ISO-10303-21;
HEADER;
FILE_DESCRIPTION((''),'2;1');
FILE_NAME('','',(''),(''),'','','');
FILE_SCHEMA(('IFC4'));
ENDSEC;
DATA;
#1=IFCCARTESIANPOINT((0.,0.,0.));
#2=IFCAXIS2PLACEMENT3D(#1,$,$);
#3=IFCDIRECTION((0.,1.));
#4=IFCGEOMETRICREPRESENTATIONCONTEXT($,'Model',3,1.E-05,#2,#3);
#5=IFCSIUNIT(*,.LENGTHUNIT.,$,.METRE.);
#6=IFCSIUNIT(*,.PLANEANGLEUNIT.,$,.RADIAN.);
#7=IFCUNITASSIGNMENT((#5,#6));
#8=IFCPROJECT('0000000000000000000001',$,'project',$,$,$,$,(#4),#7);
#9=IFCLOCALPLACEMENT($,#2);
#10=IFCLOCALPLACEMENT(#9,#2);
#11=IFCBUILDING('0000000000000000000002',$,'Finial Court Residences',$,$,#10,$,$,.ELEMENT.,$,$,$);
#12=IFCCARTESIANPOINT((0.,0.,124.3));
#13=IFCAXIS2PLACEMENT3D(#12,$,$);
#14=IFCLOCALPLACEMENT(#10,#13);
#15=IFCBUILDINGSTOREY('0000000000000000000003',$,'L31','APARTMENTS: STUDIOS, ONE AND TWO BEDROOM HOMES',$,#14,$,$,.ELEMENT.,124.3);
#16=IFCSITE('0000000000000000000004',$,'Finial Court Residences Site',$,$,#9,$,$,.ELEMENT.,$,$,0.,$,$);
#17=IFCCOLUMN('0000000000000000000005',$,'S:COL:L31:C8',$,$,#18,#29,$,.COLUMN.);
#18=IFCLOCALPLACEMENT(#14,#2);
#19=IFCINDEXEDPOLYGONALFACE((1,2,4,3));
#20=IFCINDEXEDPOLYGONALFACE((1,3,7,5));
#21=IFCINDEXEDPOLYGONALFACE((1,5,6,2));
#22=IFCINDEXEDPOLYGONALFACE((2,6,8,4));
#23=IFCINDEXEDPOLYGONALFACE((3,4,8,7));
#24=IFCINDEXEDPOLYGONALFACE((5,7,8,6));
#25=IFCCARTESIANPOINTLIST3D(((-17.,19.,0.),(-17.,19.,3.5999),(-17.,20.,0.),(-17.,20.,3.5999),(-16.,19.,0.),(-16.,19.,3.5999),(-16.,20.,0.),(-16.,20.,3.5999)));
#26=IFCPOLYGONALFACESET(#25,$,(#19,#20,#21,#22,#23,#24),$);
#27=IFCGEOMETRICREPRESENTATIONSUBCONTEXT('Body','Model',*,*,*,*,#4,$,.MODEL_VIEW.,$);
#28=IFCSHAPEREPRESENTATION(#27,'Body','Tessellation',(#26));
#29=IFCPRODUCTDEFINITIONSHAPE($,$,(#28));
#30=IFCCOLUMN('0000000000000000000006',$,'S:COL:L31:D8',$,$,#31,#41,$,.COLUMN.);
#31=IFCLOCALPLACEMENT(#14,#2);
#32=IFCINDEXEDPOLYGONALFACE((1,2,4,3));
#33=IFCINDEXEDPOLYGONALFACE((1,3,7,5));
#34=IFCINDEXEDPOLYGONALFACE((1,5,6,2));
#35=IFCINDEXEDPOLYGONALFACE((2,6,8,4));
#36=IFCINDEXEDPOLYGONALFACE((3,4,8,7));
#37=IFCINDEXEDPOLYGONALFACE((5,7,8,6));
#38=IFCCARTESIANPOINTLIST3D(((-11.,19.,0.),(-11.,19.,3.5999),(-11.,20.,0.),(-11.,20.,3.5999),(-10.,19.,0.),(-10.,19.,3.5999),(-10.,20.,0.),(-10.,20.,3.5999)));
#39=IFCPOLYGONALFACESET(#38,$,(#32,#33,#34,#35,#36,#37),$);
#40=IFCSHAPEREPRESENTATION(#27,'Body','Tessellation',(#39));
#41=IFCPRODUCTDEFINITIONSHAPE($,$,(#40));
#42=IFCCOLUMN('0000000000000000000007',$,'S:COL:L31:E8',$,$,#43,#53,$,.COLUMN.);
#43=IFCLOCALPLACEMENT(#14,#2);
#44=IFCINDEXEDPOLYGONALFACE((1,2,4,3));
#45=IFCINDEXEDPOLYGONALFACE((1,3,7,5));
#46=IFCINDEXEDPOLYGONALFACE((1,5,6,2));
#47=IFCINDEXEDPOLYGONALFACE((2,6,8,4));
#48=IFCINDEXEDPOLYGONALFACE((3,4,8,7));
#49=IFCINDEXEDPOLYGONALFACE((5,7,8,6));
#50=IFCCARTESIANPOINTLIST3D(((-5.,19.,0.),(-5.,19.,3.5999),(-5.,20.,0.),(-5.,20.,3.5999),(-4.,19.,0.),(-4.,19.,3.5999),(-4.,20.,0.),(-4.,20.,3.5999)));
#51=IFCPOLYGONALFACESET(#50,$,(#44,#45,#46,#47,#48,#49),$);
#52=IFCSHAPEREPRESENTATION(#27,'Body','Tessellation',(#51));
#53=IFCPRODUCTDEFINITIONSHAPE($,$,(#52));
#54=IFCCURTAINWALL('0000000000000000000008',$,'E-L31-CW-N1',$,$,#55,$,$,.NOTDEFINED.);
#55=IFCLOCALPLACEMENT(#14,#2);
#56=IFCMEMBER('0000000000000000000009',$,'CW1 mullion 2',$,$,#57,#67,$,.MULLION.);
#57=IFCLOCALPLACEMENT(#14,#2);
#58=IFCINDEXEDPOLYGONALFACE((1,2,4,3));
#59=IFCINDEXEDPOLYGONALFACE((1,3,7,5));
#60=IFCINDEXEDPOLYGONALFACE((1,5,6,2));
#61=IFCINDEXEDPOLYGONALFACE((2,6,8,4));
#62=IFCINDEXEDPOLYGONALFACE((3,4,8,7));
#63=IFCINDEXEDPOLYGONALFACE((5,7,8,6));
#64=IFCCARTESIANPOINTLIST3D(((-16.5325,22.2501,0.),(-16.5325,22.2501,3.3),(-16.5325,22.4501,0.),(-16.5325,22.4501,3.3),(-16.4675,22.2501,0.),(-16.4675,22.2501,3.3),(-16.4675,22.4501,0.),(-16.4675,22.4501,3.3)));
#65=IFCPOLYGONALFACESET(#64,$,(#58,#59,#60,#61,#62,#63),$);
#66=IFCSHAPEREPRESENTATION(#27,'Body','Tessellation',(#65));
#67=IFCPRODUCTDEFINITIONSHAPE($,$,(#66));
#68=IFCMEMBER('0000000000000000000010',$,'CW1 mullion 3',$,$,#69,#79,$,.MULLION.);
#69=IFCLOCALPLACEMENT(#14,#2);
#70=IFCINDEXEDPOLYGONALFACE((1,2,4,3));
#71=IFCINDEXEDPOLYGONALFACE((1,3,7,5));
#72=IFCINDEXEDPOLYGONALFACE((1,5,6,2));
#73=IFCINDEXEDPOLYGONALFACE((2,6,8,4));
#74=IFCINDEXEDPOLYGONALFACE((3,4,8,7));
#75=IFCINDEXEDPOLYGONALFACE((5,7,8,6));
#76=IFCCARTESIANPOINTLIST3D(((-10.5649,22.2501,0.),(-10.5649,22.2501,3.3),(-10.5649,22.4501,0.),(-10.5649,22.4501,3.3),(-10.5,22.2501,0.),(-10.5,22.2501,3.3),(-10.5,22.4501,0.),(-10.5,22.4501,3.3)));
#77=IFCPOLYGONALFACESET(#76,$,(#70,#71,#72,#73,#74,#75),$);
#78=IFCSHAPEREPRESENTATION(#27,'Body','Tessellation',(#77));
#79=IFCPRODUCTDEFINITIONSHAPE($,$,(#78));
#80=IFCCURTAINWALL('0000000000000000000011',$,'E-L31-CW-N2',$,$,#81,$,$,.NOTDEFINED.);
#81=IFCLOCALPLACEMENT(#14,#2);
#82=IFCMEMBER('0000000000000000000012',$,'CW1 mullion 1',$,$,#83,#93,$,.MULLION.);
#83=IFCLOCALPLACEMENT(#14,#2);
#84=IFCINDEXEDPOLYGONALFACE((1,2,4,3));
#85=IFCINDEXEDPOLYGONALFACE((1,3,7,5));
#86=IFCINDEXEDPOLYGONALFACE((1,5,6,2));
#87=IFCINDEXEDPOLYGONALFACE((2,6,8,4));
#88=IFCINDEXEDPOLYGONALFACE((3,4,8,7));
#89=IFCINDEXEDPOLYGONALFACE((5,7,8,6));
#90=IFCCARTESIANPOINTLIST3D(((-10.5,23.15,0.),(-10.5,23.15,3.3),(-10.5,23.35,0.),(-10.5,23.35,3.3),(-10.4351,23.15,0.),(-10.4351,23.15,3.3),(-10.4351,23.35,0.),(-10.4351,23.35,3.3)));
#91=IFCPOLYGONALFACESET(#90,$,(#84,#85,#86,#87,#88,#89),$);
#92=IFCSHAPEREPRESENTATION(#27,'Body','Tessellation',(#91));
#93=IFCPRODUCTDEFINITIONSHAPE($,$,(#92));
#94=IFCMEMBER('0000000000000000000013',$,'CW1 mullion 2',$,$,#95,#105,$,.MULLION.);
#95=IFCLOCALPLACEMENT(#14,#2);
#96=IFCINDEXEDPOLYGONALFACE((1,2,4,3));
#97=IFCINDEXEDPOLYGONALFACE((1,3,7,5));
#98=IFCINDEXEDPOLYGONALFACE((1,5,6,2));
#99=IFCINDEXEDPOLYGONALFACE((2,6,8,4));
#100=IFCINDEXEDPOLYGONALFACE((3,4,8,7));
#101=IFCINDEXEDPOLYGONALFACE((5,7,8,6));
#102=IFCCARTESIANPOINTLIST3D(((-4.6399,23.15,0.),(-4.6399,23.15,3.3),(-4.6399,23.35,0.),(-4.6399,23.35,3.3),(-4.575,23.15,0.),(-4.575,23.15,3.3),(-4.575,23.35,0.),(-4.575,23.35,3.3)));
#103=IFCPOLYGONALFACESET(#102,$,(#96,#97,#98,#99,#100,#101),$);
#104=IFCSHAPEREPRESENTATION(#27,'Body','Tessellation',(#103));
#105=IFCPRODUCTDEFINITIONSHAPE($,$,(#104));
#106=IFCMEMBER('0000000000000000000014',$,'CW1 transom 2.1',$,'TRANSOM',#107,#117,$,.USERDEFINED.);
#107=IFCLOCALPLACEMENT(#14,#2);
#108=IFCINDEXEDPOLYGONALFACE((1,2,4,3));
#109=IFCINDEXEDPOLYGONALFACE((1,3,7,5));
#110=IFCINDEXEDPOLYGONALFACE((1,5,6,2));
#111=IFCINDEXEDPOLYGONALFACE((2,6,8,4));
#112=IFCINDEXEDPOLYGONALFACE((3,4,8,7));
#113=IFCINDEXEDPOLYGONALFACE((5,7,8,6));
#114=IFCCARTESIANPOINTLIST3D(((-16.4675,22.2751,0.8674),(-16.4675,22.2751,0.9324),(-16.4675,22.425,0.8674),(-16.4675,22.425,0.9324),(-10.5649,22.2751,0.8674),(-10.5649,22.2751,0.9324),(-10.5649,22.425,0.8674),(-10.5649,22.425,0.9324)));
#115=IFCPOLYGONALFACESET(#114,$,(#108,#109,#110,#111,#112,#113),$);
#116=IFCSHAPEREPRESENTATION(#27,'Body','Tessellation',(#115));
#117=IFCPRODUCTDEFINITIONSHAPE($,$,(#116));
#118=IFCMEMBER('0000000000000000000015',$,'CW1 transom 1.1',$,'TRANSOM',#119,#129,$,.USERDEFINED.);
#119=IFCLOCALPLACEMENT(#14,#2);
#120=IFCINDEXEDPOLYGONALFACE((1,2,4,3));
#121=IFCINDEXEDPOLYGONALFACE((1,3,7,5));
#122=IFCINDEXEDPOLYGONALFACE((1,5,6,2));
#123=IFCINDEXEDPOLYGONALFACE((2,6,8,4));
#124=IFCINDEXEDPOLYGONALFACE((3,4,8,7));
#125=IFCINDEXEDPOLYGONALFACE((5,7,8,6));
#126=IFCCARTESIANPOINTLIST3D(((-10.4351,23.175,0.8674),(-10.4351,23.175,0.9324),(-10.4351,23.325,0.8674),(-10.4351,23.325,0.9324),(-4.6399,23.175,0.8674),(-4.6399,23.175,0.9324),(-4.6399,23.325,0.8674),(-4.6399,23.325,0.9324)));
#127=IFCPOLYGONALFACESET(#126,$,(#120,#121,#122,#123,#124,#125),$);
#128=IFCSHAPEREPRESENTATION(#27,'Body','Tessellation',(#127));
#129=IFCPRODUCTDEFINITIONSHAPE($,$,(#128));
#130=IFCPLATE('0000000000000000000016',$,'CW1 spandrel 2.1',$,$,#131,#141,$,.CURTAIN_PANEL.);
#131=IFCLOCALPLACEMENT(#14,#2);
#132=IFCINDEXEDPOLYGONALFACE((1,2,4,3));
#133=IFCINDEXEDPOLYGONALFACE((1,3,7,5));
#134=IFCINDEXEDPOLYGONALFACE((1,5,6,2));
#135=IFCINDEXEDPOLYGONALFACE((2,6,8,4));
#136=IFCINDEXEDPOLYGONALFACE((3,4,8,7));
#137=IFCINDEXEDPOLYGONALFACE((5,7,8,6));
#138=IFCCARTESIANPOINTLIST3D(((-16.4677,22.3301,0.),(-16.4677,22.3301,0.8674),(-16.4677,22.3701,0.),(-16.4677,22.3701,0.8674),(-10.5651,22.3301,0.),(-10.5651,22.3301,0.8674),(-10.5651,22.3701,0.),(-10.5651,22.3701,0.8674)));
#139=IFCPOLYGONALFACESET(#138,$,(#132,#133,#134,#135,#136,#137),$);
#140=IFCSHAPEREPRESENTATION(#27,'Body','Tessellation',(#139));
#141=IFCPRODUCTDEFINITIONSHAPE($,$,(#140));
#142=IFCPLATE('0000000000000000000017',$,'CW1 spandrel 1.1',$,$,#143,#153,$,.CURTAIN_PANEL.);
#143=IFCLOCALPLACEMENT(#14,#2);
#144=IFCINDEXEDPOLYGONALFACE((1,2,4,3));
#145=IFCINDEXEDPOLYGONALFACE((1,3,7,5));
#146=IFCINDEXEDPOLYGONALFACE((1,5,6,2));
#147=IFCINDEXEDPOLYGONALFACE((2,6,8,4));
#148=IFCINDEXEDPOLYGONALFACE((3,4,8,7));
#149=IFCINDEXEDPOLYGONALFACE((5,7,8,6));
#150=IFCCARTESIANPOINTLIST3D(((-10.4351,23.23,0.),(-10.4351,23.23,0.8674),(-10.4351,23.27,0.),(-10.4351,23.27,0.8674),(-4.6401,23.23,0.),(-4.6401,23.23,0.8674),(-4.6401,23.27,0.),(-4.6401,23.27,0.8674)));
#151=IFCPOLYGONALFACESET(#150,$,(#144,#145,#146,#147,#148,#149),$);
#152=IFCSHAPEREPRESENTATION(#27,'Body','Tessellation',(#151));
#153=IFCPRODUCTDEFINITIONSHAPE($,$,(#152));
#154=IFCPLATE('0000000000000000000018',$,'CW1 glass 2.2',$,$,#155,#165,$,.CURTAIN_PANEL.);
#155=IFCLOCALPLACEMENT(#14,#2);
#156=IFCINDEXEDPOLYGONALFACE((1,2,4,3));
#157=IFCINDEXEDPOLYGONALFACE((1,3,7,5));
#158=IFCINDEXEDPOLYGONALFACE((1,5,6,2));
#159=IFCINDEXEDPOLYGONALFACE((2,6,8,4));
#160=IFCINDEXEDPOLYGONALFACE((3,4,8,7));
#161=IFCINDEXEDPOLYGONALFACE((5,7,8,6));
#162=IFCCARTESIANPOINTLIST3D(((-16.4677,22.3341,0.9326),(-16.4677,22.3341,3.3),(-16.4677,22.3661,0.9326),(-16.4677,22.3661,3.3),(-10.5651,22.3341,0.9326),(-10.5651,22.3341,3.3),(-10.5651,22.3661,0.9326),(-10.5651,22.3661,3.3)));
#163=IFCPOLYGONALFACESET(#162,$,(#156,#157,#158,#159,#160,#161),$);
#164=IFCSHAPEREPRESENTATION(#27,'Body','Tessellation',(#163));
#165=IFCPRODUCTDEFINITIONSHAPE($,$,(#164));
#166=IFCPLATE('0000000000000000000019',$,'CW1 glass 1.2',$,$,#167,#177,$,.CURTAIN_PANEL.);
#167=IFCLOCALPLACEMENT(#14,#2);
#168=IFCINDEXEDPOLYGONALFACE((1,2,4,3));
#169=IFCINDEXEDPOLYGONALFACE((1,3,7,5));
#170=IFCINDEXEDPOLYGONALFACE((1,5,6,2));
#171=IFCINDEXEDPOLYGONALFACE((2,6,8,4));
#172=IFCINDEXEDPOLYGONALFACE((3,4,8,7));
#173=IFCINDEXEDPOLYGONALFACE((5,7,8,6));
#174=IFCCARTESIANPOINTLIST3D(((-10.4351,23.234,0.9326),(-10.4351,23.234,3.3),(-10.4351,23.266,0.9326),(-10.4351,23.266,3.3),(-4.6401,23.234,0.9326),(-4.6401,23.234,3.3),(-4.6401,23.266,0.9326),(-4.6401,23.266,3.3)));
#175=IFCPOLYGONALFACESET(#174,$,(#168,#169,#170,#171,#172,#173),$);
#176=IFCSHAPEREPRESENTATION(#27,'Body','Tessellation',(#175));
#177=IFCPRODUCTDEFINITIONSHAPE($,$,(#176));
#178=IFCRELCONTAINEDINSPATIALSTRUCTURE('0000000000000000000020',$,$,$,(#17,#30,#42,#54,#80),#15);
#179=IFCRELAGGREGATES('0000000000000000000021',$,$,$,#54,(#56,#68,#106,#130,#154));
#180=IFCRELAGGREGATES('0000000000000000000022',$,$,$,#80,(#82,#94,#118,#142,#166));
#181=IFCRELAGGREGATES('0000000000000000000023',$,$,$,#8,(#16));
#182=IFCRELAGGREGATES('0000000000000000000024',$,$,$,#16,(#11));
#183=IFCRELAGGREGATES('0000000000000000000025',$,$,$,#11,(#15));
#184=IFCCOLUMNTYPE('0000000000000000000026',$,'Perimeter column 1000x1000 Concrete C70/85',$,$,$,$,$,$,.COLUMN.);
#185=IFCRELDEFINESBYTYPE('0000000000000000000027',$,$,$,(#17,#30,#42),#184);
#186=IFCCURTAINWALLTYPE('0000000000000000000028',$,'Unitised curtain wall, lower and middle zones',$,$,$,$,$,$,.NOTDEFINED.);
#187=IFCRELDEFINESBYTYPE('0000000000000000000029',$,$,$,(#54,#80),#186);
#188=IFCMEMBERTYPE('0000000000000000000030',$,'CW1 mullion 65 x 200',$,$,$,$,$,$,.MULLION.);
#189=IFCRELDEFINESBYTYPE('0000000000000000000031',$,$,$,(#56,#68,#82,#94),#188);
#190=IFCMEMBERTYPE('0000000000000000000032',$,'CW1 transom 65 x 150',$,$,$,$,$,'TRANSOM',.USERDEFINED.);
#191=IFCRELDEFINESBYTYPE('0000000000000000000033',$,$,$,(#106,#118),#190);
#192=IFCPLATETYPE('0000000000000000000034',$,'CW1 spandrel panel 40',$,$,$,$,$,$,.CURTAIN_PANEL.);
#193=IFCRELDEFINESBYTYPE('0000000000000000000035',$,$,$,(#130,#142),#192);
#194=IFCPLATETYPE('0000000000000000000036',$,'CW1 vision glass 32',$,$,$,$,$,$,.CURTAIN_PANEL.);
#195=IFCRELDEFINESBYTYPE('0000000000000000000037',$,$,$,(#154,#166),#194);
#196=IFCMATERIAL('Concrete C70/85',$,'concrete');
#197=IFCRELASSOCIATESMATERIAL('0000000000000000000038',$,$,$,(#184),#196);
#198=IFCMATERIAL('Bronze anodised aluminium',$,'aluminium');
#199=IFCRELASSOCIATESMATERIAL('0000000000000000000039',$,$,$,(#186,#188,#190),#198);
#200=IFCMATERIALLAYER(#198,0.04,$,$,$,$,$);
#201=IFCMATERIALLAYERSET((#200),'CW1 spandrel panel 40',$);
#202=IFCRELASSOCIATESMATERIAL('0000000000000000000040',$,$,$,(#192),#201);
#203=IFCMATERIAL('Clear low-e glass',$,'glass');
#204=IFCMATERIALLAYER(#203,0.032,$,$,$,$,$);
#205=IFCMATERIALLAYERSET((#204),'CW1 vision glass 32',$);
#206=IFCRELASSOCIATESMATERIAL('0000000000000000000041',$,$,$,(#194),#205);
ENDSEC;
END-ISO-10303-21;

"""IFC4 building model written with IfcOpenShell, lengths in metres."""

from ifc_helpers import new_model, si_unit, direction, frame, origin, origin_2d, place, context, subcontext, project, spatial, rectangle, extrude, material, layer, layer_set, material_profile, profile_set, type_object, element, aggregate, save


model = new_model("IFC4")

# Units and contexts
model_context = context("Model", 3, precision=1e-05, world=origin(), true_north=direction((0.0, 1.0)))
body_context = subcontext(model_context, "Body", "Model", "MODEL_VIEW")
ifc_project = project(units=[si_unit("LENGTHUNIT", "METRE"), si_unit("PLANEANGLEUNIT", "RADIAN")], contexts=[model_context])

# Site, building, storey
site_placement = place(None, origin())
site = spatial("IfcSite", under=ifc_project, at=site_placement, Name="Finial Court Residences Site", CompositionType="ELEMENT", RefElevation=0.0)
building_placement = place(site_placement, origin())
building = spatial("IfcBuilding", under=site, at=building_placement, Name="Finial Court Residences", CompositionType="ELEMENT")
storey_placement = place(building_placement, frame((0.0, 0.0, 124.3)))
storey = spatial("IfcBuildingStorey", under=building, at=storey_placement, Name="L31", Description="APARTMENTS: STUDIOS, ONE AND TWO BEDROOM HOMES", CompositionType="ELEMENT", Elevation=124.3)

# Columns
ifc_material_1 = material(Name="Concrete C70/85", Category="concrete")
ifc_material_profile_1 = material_profile(ifc_material_1, rectangle(XDim=1.0, YDim=1.0, at=origin_2d()), Name="1000x1000")
ifc_profile_set_1 = profile_set([ifc_material_profile_1], Name="Concrete C70/85")
column_type = type_object("IfcColumnType", Name="Perimeter column 1000x1000 Concrete C70/85", PredefinedType="COLUMN", material=ifc_profile_set_1)
for number, where, z_axis, x_axis, name in (
    (1, (-16.5, 19.5, 0.0), (0.0, 0.0, 1.0), (1.0, 0.0, 0.0), "S:COL:L31:C8"),
    (2, (-10.5, 19.5, 0.0), (0.0, 0.0, 1.0), (1.0, 0.0, 0.0), "S:COL:L31:D8"),
    (3, (-4.5, 19.5, 0.0), (0.0, 0.0, 1.0), (1.0, 0.0, 0.0), "S:COL:L31:E8"),
):
    element("IfcColumn", number, at=place(storey_placement, frame(where, z_axis=z_axis, x_axis=x_axis)), inside=storey, type_object=column_type, Name=name, PredefinedType="COLUMN", context=body_context, shape_type="SweptSolid", body=[
        extrude(rectangle(XDim=1.0, YDim=1.0, at=origin_2d()), origin(), (0.0, 0.0, 1.0), 3.5999),
    ])

# Curtain walls, members
ifc_material_2 = material(Name="Bronze anodised aluminium", Category="aluminium")
curtain_wall_type = type_object("IfcCurtainWallType", Name="Unitised curtain wall, lower and middle zones", PredefinedType="NOTDEFINED", material=ifc_material_2)
curtain_wall_1_placement = place(storey_placement, origin())
curtain_wall_1 = element("IfcCurtainWall", 4, at=curtain_wall_1_placement, inside=storey, type_object=curtain_wall_type, Name="E-L31-CW-N1", PredefinedType="NOTDEFINED")
ifc_material_profile_2 = material_profile(ifc_material_2, rectangle(XDim=0.2, YDim=0.0649, at=origin_2d()), Name="CW1 mullion 65 x 200")
ifc_profile_set_2 = profile_set([ifc_material_profile_2], Name="Bronze anodised aluminium")
member_type_1 = type_object("IfcMemberType", Name="CW1 mullion 65 x 200", PredefinedType="MULLION", material=ifc_profile_set_2)
member_1_placement = place(storey_placement, frame((-16.5, 22.3501, 0.0), z_axis=(0.0, 0.0, 1.0), x_axis=(0.0, 1.0, 0.0)))
member_1 = element("IfcMember", 5, at=member_1_placement, type_object=member_type_1, Name="CW1 mullion 2", PredefinedType="MULLION", context=body_context, shape_type="SweptSolid", body=[
    extrude(rectangle(XDim=0.2, YDim=0.0649, at=origin_2d()), origin(), (0.0, 0.0, 1.0), 3.3),
])
member_2_placement = place(storey_placement, frame((-10.5325, 22.3501, 0.0), z_axis=(0.0, 0.0, 1.0), x_axis=(0.0, 1.0, 0.0)))
member_2 = element("IfcMember", 6, at=member_2_placement, type_object=member_type_1, Name="CW1 mullion 3", PredefinedType="MULLION", context=body_context, shape_type="SweptSolid", body=[
    extrude(rectangle(XDim=0.2, YDim=0.0649, at=origin_2d()), origin(), (0.0, 0.0, 1.0), 3.3),
])
curtain_wall_2_placement = place(storey_placement, origin())
curtain_wall_2 = element("IfcCurtainWall", 7, at=curtain_wall_2_placement, inside=storey, type_object=curtain_wall_type, Name="E-L31-CW-N2", PredefinedType="NOTDEFINED")
member_3_placement = place(storey_placement, frame((-10.4675, 23.25, 0.0), z_axis=(0.0, 0.0, 1.0), x_axis=(0.0, 1.0, 0.0)))
member_3 = element("IfcMember", 8, at=member_3_placement, type_object=member_type_1, Name="CW1 mullion 1", PredefinedType="MULLION", context=body_context, shape_type="SweptSolid", body=[
    extrude(rectangle(XDim=0.2, YDim=0.0649, at=origin_2d()), origin(), (0.0, 0.0, 1.0), 3.3),
])
member_4_placement = place(storey_placement, frame((-4.6074, 23.25, 0.0), z_axis=(0.0, 0.0, 1.0), x_axis=(0.0, 1.0, 0.0)))
member_4 = element("IfcMember", 9, at=member_4_placement, type_object=member_type_1, Name="CW1 mullion 2", PredefinedType="MULLION", context=body_context, shape_type="SweptSolid", body=[
    extrude(rectangle(XDim=0.2, YDim=0.0649, at=origin_2d()), origin(), (0.0, 0.0, 1.0), 3.3),
])

# Members
ifc_material_profile_3 = material_profile(ifc_material_2, rectangle(XDim=0.1499, YDim=0.0649, at=origin_2d()), Name="CW1 transom 65 x 150")
ifc_profile_set_3 = profile_set([ifc_material_profile_3], Name="Bronze anodised aluminium")
member_type_2 = type_object("IfcMemberType", Name="CW1 transom 65 x 150", ElementType="TRANSOM", PredefinedType="USERDEFINED", material=ifc_profile_set_3)
member_5_placement = place(storey_placement, frame((-16.4675, 22.3501, 0.8999), z_axis=(1.0, 0.0, 0.0), x_axis=(0.0, 1.0, 0.0)))
member_5 = element("IfcMember", 10, at=member_5_placement, type_object=member_type_2, Name="CW1 transom 2.1", ObjectType="TRANSOM", PredefinedType="USERDEFINED", context=body_context, shape_type="SweptSolid", body=[
    extrude(rectangle(XDim=0.1499, YDim=0.0649, at=origin_2d()), origin(), (0.0, 0.0, 1.0), 5.9026),
])
member_6_placement = place(storey_placement, frame((-10.4351, 23.25, 0.8999), z_axis=(1.0, 0.0, 0.0), x_axis=(0.0, 1.0, 0.0)))
member_6 = element("IfcMember", 11, at=member_6_placement, type_object=member_type_2, Name="CW1 transom 1.1", ObjectType="TRANSOM", PredefinedType="USERDEFINED", context=body_context, shape_type="SweptSolid", body=[
    extrude(rectangle(XDim=0.1499, YDim=0.0649, at=origin_2d()), origin(), (0.0, 0.0, 1.0), 5.7952),
])

# Plates
ifc_layer_1 = layer(ifc_material_2, 0.04)
ifc_layer_set_1 = layer_set([ifc_layer_1], Name="CW1 spandrel panel 40")
plate_type_1 = type_object("IfcPlateType", Name="CW1 spandrel panel 40", PredefinedType="CURTAIN_PANEL", material=ifc_layer_set_1)
plate_1_placement = place(storey_placement, frame((-13.5164, 22.3501, 0.0), z_axis=(0.0, 0.0, 1.0), x_axis=(1.0, 0.0, 0.0)))
plate_1 = element("IfcPlate", 12, at=plate_1_placement, type_object=plate_type_1, Name="CW1 spandrel 2.1", PredefinedType="CURTAIN_PANEL", context=body_context, shape_type="SweptSolid", body=[
    extrude(rectangle(XDim=5.9026, YDim=0.04, at=origin_2d()), origin(), (0.0, 0.0, 1.0), 0.8674),
])
plate_2_placement = place(storey_placement, frame((-7.5376, 23.25, 0.0), z_axis=(0.0, 0.0, 1.0), x_axis=(1.0, 0.0, 0.0)))
plate_2 = element("IfcPlate", 13, at=plate_2_placement, type_object=plate_type_1, Name="CW1 spandrel 1.1", PredefinedType="CURTAIN_PANEL", context=body_context, shape_type="SweptSolid", body=[
    extrude(rectangle(XDim=5.7949, YDim=0.04, at=origin_2d()), origin(), (0.0, 0.0, 1.0), 0.8674),
])
ifc_material_3 = material(Name="Clear low-e glass", Category="glass")
ifc_layer_2 = layer(ifc_material_3, 0.032)
ifc_layer_set_2 = layer_set([ifc_layer_2], Name="CW1 vision glass 32")
plate_type_2 = type_object("IfcPlateType", Name="CW1 vision glass 32", PredefinedType="CURTAIN_PANEL", material=ifc_layer_set_2)
plate_3_placement = place(storey_placement, frame((-13.5164, 22.3501, 0.9326), z_axis=(0.0, 0.0, 1.0), x_axis=(1.0, 0.0, 0.0)))
plate_3 = element("IfcPlate", 14, at=plate_3_placement, type_object=plate_type_2, Name="CW1 glass 2.2", PredefinedType="CURTAIN_PANEL", context=body_context, shape_type="SweptSolid", body=[
    extrude(rectangle(XDim=5.9026, YDim=0.032, at=origin_2d()), origin(), (0.0, 0.0, 1.0), 2.3674),
])
aggregate(curtain_wall_1, [member_1, member_2, member_5, plate_1, plate_3])
plate_4_placement = place(storey_placement, frame((-7.5376, 23.25, 0.9326), z_axis=(0.0, 0.0, 1.0), x_axis=(1.0, 0.0, 0.0)))
plate_4 = element("IfcPlate", 15, at=plate_4_placement, type_object=plate_type_2, Name="CW1 glass 1.2", PredefinedType="CURTAIN_PANEL", context=body_context, shape_type="SweptSolid", body=[
    extrude(rectangle(XDim=5.7949, YDim=0.032, at=origin_2d()), origin(), (0.0, 0.0, 1.0), 2.3674),
])
aggregate(curtain_wall_2, [member_3, member_4, member_6, plate_2, plate_4])

save(model, "model.ifc")
